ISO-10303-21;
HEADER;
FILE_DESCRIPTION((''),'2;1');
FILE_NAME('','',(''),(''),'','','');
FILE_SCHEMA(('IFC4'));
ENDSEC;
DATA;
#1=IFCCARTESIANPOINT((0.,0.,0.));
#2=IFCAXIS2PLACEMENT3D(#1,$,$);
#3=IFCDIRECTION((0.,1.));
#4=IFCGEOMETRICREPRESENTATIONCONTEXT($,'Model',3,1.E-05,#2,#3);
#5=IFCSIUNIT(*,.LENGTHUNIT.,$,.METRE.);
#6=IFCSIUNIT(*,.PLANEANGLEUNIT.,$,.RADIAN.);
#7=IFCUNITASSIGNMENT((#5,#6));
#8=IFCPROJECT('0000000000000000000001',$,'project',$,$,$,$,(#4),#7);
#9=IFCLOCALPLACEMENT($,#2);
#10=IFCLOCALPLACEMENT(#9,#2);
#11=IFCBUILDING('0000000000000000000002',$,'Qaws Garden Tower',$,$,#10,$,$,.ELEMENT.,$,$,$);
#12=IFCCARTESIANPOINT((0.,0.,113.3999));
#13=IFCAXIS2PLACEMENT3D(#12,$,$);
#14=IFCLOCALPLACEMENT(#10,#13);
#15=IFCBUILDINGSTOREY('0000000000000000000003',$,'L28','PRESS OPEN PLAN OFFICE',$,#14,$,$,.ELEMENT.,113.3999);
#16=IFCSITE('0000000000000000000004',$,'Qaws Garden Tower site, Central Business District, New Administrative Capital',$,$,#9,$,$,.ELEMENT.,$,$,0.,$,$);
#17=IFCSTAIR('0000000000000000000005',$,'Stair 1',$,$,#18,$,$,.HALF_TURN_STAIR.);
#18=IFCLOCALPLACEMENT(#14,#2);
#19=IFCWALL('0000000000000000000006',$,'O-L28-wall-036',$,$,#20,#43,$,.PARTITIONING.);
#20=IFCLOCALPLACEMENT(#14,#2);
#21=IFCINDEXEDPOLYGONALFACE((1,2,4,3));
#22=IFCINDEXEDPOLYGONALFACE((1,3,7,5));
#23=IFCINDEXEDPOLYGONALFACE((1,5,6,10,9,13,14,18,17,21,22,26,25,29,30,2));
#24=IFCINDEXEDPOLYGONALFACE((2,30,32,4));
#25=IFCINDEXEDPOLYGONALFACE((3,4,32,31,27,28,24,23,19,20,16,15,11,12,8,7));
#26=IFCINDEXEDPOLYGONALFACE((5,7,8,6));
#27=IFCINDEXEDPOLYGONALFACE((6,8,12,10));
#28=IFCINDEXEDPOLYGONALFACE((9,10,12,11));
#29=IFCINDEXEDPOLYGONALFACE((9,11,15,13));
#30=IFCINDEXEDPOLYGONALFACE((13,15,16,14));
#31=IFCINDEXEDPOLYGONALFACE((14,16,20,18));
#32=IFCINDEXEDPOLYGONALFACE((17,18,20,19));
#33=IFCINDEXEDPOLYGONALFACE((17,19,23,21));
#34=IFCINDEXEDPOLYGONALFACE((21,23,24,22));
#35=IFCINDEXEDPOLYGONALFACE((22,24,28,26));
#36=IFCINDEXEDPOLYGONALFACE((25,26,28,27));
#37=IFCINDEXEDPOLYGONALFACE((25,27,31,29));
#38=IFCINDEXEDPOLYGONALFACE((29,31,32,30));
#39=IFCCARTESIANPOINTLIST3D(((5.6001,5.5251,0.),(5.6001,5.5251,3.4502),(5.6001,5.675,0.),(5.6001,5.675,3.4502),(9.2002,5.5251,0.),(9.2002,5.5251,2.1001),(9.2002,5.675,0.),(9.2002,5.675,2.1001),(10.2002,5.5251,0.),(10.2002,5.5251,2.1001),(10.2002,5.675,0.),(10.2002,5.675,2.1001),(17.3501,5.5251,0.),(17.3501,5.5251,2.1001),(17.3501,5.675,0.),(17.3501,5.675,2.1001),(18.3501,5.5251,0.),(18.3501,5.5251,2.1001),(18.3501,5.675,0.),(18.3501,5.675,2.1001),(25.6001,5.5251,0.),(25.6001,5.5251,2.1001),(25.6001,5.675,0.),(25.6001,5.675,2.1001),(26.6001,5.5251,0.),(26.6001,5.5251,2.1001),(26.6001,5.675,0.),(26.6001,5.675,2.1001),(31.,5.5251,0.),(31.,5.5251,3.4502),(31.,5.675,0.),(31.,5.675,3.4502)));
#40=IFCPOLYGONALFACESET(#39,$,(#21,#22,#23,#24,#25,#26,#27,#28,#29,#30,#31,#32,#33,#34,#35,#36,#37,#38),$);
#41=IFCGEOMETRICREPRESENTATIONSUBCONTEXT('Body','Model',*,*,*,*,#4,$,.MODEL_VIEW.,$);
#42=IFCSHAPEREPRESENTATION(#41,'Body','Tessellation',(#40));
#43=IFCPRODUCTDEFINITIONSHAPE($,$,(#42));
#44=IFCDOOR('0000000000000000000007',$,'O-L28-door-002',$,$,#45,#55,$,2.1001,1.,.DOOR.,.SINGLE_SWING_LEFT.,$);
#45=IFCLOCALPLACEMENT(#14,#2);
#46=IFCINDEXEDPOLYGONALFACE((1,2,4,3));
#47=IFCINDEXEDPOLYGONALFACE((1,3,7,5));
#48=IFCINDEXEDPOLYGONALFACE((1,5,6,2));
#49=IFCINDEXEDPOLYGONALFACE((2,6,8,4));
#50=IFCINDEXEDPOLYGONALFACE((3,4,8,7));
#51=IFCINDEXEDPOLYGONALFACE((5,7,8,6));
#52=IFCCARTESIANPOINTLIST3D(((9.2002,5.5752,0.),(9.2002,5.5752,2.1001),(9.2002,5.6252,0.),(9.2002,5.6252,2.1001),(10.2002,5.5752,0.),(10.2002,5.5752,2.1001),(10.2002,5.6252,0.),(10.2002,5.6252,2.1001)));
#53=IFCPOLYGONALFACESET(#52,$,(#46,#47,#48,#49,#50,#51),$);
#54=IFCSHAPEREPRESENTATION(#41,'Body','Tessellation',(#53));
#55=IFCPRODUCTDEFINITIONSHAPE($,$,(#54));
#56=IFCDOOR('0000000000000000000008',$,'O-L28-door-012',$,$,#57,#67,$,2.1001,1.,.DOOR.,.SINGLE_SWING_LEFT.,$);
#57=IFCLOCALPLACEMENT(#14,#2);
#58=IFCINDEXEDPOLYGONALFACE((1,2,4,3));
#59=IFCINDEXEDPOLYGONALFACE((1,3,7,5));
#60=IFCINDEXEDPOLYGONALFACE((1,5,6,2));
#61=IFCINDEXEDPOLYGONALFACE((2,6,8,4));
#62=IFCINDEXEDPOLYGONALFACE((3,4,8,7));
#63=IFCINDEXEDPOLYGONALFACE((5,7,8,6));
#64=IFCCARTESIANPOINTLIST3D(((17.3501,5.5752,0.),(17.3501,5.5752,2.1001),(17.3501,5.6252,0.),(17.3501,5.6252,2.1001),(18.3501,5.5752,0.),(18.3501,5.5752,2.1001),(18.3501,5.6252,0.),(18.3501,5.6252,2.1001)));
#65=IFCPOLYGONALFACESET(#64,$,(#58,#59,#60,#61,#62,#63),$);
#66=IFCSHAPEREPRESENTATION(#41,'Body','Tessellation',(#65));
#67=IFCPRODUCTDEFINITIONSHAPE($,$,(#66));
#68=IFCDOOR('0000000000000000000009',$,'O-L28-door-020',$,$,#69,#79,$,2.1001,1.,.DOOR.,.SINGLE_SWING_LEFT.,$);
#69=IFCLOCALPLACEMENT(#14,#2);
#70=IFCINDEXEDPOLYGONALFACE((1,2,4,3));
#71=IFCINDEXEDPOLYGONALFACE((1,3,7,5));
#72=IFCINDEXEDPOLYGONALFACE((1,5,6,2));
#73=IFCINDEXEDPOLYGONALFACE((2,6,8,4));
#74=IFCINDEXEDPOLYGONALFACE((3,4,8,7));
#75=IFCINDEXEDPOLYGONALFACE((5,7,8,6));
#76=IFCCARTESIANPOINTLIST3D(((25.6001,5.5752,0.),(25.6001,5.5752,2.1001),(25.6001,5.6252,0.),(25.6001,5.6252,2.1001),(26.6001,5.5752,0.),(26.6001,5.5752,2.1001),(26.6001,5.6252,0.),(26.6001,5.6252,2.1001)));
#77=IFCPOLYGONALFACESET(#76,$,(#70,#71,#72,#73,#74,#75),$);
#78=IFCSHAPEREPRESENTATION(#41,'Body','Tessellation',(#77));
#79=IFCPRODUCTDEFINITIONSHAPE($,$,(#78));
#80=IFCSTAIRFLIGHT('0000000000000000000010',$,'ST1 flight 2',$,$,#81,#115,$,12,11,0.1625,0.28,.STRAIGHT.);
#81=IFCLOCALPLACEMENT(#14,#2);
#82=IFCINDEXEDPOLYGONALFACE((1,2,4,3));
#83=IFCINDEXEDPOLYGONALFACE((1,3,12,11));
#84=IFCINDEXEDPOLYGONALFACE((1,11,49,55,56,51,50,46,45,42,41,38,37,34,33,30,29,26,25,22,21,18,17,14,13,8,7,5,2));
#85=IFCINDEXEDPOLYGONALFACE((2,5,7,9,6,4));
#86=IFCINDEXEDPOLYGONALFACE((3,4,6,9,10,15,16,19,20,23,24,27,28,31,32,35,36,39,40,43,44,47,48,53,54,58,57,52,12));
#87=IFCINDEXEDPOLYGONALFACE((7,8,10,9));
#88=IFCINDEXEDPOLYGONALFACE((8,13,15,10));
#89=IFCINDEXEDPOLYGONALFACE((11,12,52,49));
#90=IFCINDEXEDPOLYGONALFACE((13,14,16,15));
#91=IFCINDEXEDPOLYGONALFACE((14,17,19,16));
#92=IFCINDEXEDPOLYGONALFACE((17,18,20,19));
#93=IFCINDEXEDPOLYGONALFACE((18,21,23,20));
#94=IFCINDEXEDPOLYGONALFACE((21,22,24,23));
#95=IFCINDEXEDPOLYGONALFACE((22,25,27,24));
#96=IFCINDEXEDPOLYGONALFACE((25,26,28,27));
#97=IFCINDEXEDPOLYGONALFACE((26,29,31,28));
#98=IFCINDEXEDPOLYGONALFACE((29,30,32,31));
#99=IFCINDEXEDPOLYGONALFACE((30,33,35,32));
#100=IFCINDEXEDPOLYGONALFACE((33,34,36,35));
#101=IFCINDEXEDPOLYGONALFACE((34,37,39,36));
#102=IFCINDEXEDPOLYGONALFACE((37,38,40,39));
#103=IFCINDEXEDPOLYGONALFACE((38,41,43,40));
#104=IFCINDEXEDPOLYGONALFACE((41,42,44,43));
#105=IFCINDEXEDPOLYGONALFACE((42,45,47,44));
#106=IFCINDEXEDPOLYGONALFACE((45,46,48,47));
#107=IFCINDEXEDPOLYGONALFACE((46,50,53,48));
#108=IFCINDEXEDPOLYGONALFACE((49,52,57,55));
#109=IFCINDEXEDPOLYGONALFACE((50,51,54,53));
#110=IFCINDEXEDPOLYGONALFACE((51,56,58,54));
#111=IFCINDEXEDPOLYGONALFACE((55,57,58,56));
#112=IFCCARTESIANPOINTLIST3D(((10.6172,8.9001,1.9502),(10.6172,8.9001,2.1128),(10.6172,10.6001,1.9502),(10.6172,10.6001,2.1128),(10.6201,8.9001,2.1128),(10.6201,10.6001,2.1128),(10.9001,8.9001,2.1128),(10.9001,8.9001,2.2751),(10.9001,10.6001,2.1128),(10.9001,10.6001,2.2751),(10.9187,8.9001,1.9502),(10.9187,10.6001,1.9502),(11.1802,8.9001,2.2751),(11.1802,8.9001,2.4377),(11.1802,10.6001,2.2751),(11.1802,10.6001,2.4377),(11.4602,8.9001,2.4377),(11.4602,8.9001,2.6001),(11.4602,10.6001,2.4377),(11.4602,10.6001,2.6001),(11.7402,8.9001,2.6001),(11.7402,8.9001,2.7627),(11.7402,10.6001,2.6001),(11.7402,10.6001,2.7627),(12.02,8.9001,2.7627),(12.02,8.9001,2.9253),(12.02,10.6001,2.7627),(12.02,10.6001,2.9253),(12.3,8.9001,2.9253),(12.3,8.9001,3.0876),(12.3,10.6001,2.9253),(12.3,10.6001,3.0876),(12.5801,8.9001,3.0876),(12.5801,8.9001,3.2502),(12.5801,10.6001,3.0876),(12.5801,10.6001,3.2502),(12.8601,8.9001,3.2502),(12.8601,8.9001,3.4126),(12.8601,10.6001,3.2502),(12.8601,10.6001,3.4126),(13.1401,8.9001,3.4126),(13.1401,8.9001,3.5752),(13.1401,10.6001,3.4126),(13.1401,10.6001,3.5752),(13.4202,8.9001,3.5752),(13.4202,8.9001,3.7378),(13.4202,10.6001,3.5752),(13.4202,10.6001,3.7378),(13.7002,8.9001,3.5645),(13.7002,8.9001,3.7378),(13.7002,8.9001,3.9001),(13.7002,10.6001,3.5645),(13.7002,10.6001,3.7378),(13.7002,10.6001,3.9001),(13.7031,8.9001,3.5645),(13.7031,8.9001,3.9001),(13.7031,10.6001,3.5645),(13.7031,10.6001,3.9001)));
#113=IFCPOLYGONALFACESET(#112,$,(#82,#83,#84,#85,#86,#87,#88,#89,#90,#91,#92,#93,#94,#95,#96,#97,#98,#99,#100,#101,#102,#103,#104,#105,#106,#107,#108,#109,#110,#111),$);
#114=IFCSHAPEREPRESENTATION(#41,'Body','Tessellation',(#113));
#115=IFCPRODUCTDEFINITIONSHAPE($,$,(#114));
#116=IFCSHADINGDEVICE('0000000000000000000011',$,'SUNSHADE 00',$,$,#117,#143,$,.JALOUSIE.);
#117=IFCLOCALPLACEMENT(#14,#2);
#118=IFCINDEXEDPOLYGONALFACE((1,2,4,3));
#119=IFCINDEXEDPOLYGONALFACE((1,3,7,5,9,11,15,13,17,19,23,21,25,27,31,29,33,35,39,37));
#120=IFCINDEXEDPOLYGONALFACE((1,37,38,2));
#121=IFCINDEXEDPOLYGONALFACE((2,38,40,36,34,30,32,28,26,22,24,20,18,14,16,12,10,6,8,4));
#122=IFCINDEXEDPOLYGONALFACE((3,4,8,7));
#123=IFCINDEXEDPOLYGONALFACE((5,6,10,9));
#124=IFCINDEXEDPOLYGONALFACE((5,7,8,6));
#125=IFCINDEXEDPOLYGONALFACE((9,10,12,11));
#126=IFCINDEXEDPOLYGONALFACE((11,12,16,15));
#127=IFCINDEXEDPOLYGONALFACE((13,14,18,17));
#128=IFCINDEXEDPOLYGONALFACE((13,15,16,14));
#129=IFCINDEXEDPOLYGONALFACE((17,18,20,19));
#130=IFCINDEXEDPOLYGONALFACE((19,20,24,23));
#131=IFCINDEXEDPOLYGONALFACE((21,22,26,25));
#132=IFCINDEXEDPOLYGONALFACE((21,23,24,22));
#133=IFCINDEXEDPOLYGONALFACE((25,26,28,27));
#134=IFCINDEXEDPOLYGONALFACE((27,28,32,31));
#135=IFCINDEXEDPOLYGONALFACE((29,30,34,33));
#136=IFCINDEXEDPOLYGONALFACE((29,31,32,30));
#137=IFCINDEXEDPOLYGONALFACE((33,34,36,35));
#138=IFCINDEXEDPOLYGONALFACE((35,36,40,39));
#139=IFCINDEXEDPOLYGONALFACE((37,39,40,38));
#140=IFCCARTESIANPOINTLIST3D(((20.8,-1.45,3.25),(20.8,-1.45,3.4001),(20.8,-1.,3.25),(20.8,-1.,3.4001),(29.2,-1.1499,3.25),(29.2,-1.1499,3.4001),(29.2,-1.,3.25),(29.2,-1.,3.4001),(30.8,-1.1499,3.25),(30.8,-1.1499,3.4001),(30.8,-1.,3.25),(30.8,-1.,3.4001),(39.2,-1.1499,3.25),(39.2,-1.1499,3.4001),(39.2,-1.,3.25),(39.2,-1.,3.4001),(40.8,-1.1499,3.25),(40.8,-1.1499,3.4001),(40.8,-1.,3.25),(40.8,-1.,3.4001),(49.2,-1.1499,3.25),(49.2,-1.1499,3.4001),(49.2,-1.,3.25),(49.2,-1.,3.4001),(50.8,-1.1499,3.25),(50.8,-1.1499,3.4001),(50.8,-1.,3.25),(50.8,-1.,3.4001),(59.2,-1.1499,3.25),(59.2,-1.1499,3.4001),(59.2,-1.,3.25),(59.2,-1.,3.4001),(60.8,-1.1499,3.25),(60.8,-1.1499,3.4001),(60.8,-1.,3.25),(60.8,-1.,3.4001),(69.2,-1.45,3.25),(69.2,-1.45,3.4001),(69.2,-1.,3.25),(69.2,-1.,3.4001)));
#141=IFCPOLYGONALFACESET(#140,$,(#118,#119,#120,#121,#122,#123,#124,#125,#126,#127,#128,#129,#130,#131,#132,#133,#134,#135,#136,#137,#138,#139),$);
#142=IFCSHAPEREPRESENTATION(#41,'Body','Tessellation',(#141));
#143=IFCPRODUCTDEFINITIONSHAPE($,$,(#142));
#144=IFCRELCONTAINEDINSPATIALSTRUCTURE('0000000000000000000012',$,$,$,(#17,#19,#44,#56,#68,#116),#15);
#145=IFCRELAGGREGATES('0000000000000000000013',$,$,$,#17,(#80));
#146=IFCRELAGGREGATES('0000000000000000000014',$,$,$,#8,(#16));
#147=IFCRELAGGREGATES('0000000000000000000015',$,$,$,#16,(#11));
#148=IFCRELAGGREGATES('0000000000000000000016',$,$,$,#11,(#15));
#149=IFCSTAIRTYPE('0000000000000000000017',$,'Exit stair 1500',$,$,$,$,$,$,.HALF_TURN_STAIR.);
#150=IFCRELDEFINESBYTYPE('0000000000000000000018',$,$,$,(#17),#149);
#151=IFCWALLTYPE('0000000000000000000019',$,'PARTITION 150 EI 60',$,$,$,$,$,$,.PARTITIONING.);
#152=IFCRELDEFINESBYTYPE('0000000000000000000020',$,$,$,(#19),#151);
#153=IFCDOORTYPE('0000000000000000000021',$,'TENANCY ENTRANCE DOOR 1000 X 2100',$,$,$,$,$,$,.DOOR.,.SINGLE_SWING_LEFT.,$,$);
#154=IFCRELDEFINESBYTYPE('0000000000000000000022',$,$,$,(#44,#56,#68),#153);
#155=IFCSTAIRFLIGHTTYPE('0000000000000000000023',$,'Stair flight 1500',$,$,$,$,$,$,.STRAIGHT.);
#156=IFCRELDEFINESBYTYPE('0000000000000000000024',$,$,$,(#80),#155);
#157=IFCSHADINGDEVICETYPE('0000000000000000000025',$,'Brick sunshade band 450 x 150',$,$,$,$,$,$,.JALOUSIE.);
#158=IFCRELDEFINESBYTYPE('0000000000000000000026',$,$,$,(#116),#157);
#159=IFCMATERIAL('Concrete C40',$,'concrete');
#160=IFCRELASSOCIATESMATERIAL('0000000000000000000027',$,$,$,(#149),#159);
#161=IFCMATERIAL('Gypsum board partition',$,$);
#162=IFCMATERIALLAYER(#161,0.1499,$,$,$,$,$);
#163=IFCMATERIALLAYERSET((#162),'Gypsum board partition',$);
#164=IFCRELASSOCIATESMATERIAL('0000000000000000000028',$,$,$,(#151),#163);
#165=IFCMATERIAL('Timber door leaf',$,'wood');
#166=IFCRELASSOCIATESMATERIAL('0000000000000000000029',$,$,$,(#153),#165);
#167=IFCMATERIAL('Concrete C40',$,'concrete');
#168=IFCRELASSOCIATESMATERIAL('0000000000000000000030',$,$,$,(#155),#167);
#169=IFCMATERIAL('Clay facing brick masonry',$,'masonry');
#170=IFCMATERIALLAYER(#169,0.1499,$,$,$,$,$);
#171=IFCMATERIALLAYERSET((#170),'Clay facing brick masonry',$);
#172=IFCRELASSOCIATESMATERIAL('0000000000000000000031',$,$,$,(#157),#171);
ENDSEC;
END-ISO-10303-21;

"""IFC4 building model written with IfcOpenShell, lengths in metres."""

from ifc_helpers import new_model, si_unit, direction, frame, frame_2d, origin, place, context, subcontext, project, spatial, polyline, rectangle, outline, extrude, material, layer, layer_set, type_object, element, fill, aggregate, save


model = new_model("IFC4")

# Units and contexts
model_context = context("Model", 3, precision=1e-05, world=origin(), true_north=direction((0.0, 1.0)))
body_context = subcontext(model_context, "Body", "Model", "MODEL_VIEW")
ifc_project = project(units=[si_unit("LENGTHUNIT", "METRE"), si_unit("PLANEANGLEUNIT", "RADIAN")], contexts=[model_context])

# Site, building, storey
site_placement = place(None, origin())
site = spatial("IfcSite", under=ifc_project, at=site_placement, Name="Qaws Garden Tower site, Central Business District, New Administrative Capital", CompositionType="ELEMENT", RefElevation=0.0)
building_placement = place(site_placement, origin())
building = spatial("IfcBuilding", under=site, at=building_placement, Name="Qaws Garden Tower", CompositionType="ELEMENT")
storey_placement = place(building_placement, frame((0.0, 0.0, 113.3999)))
storey = spatial("IfcBuildingStorey", under=building, at=storey_placement, Name="L28", Description="PRESS OPEN PLAN OFFICE", CompositionType="ELEMENT", Elevation=113.3999)

# Stair
ifc_material_1 = material(Name="Concrete C40", Category="concrete")
stair_type_1 = type_object("IfcStairType", Name="Exit stair 1500", PredefinedType="HALF_TURN_STAIR", material=ifc_material_1)
placement_1 = place(storey_placement, origin())
stair_1 = element("IfcStair", 1, at=placement_1, inside=storey, type_object=stair_type_1, Name="Stair 1", PredefinedType="HALF_TURN_STAIR")

# Shared definitions
ifc_material_2 = material(Name="Gypsum board partition")
ifc_layer_1 = layer(ifc_material_2, 0.1499)
ifc_layer_set_1 = layer_set([ifc_layer_1], Name="Gypsum board partition")
wall_type_1 = type_object("IfcWallType", Name="PARTITION 150 EI 60", PredefinedType="PARTITIONING", material=ifc_layer_set_1)

# Wall, openings, doors
wall_1_placement = place(storey_placement, frame((5.6001, 5.6001, 0.0), z_axis=(0.0, 0.0, 1.0), x_axis=(1.0, 0.0, 0.0)))
wall_1 = element("IfcWall", 2, at=wall_1_placement, inside=storey, type_object=wall_type_1, Name="O-L28-wall-036", PredefinedType="PARTITIONING", context=body_context, shape_type="SweptSolid", body=[
    extrude(rectangle(XDim=25.3999, YDim=0.1499, at=frame_2d((12.7, 0.0))), origin(), (0.0, 0.0, 1.0), 3.4502),
])
opening_1_placement = place(wall_1_placement, frame((3.6001, 0.0, 0.0)))
opening_1 = element("IfcOpeningElement", 3, at=opening_1_placement, cuts=wall_1, PredefinedType="OPENING", context=body_context, shape_type="SweptSolid", body=[
    extrude(rectangle(XDim=1.0, YDim=2.1001, at=frame_2d((0.5, 1.05))), frame((0.0, 0.085, 0.0), z_axis=(0.0, -1.0, 0.0), x_axis=(1.0, 0.0, 0.0)), (0.0, 0.0, 1.0), 0.1699),
])
opening_2_placement = place(wall_1_placement, frame((11.75, 0.0, 0.0)))
opening_2 = element("IfcOpeningElement", 4, at=opening_2_placement, cuts=wall_1, PredefinedType="OPENING", context=body_context, shape_type="SweptSolid", body=[
    extrude(rectangle(XDim=1.0, YDim=2.1001, at=frame_2d((0.5, 1.05))), frame((0.0, 0.085, 0.0), z_axis=(0.0, -1.0, 0.0), x_axis=(1.0, 0.0, 0.0)), (0.0, 0.0, 1.0), 0.1699),
])
opening_3_placement = place(wall_1_placement, frame((20.0, 0.0, 0.0)))
opening_3 = element("IfcOpeningElement", 5, at=opening_3_placement, cuts=wall_1, PredefinedType="OPENING", context=body_context, shape_type="SweptSolid", body=[
    extrude(rectangle(XDim=1.0, YDim=2.1001, at=frame_2d((0.5, 1.05))), frame((0.0, 0.085, 0.0), z_axis=(0.0, -1.0, 0.0), x_axis=(1.0, 0.0, 0.0)), (0.0, 0.0, 1.0), 0.1699),
])
ifc_material_3 = material(Name="Timber door leaf", Category="wood")
door_type_1 = type_object("IfcDoorType", Name="TENANCY ENTRANCE DOOR 1000 X 2100", OperationType="SINGLE_SWING_LEFT", PredefinedType="DOOR", material=ifc_material_3)
door_1_placement = place(opening_1_placement, frame((1.0, 0.0, 0.0), z_axis=(0.0, 0.0, 1.0), x_axis=(-1.0, 0.0, 0.0)))
door_1 = element("IfcDoor", 6, at=door_1_placement, inside=storey, type_object=door_type_1, Name="O-L28-door-002", OperationType="SINGLE_SWING_LEFT", OverallHeight=2.1001, OverallWidth=1.0, PredefinedType="DOOR", context=body_context, shape_type="SweptSolid", body=[
    extrude(rectangle(XDim=1.0, YDim=2.1001, at=frame_2d((0.5, 1.05))), frame((0.0, 0.0249, 0.0), z_axis=(0.0, -1.0, 0.0), x_axis=(1.0, 0.0, 0.0)), (0.0, 0.0, 1.0), 0.05),
])
fill(opening_1, door_1)
door_2_placement = place(opening_2_placement, frame((1.0, 0.0, 0.0), z_axis=(0.0, 0.0, 1.0), x_axis=(-1.0, 0.0, 0.0)))
door_2 = element("IfcDoor", 7, at=door_2_placement, inside=storey, type_object=door_type_1, Name="O-L28-door-012", OperationType="SINGLE_SWING_LEFT", OverallHeight=2.1001, OverallWidth=1.0, PredefinedType="DOOR", context=body_context, shape_type="SweptSolid", body=[
    extrude(rectangle(XDim=1.0, YDim=2.1001, at=frame_2d((0.5, 1.05))), frame((0.0, 0.0249, 0.0), z_axis=(0.0, -1.0, 0.0), x_axis=(1.0, 0.0, 0.0)), (0.0, 0.0, 1.0), 0.05),
])
fill(opening_2, door_2)
door_3_placement = place(opening_3_placement, frame((1.0, 0.0, 0.0), z_axis=(0.0, 0.0, 1.0), x_axis=(-1.0, 0.0, 0.0)))
door_3 = element("IfcDoor", 8, at=door_3_placement, inside=storey, type_object=door_type_1, Name="O-L28-door-020", OperationType="SINGLE_SWING_LEFT", OverallHeight=2.1001, OverallWidth=1.0, PredefinedType="DOOR", context=body_context, shape_type="SweptSolid", body=[
    extrude(rectangle(XDim=1.0, YDim=2.1001, at=frame_2d((0.5, 1.05))), frame((0.0, 0.0249, 0.0), z_axis=(0.0, -1.0, 0.0), x_axis=(1.0, 0.0, 0.0)), (0.0, 0.0, 1.0), 0.05),
])
fill(opening_3, door_3)

# Stair flight
ifc_material_4 = material(Name="Concrete C40", Category="concrete")
stair_flight_type = type_object("IfcStairFlightType", Name="Stair flight 1500", PredefinedType="STRAIGHT", material=ifc_material_4)
stair_flight_placement = place(storey_placement, frame((10.6201, 9.75, 1.9502), z_axis=(0.0, 0.0, 1.0), x_axis=(1.0, 0.0, 0.0)))
stair_flight = element("IfcStairFlight", 9, at=stair_flight_placement, type_object=stair_flight_type, Name="ST1 flight 2", NumberOfRisers=12, NumberOfTreads=11, PredefinedType="STRAIGHT", RiserHeight=0.1625, TreadLength=0.28, context=body_context, shape_type="SweptSolid", body=[
    extrude(outline(polyline([(-0.0029, 0.0), (-0.0029, 0.1626), (0.0, 0.1626), (0.28, 0.1626), (0.28, 0.325), (0.5601, 0.325), (0.5601, 0.4875), (0.8401, 0.4875), (0.8401, 0.6499), (1.1201, 0.6499), (1.1201, 0.8125), (1.3999, 0.8125), (1.3999, 0.9751), (1.6799, 0.9751), (1.6799, 1.1375), (1.96, 1.1375), (1.96, 1.3), (2.24, 1.3), (2.24, 1.4624), (2.52, 1.4624), (2.52, 1.625), (2.8, 1.625), (2.8, 1.7876), (3.0801, 1.7876), (3.0801, 1.95), (3.083, 1.95), (3.083, 1.6143), (3.0801, 1.6143), (0.2986, 0.0), (-0.0029, 0.0)])), frame((0.0, 0.8501, 0.0), z_axis=(0.0, -1.0, 0.0), x_axis=(1.0, 0.0, 0.0)), (0.0, 0.0, 1.0), 1.7),
])
aggregate(stair_1, [stair_flight])

# Shading device
ifc_material_5 = material(Name="Clay facing brick masonry", Category="masonry")
ifc_layer_2 = layer(ifc_material_5, 0.1499)
ifc_layer_set_2 = layer_set([ifc_layer_2], Name="Clay facing brick masonry")
shading_device_type = type_object("IfcShadingDeviceType", Name="Brick sunshade band 450 x 150", PredefinedType="JALOUSIE", material=ifc_layer_set_2)
shading_device_placement = place(storey_placement, frame((0.0, 0.0, 3.25)))
element("IfcShadingDevice", 10, at=shading_device_placement, inside=storey, type_object=shading_device_type, Name="SUNSHADE 00", PredefinedType="JALOUSIE", context=body_context, shape_type="SweptSolid", body=[
    extrude(outline(polyline([(20.8, -1.0), (20.8, -1.45), (69.2, -1.45), (69.2, -1.0), (60.8, -1.0), (60.8, -1.1499), (59.2, -1.1499), (59.2, -1.0), (50.8, -1.0), (50.8, -1.1499), (49.2, -1.1499), (49.2, -1.0), (40.8, -1.0), (40.8, -1.1499), (39.2, -1.1499), (39.2, -1.0), (30.8, -1.0), (30.8, -1.1499), (29.2, -1.1499), (29.2, -1.0), (20.8, -1.0)])), origin(), (0.0, 0.0, 1.0), 0.1501),
])

save(model, "model.ifc")
